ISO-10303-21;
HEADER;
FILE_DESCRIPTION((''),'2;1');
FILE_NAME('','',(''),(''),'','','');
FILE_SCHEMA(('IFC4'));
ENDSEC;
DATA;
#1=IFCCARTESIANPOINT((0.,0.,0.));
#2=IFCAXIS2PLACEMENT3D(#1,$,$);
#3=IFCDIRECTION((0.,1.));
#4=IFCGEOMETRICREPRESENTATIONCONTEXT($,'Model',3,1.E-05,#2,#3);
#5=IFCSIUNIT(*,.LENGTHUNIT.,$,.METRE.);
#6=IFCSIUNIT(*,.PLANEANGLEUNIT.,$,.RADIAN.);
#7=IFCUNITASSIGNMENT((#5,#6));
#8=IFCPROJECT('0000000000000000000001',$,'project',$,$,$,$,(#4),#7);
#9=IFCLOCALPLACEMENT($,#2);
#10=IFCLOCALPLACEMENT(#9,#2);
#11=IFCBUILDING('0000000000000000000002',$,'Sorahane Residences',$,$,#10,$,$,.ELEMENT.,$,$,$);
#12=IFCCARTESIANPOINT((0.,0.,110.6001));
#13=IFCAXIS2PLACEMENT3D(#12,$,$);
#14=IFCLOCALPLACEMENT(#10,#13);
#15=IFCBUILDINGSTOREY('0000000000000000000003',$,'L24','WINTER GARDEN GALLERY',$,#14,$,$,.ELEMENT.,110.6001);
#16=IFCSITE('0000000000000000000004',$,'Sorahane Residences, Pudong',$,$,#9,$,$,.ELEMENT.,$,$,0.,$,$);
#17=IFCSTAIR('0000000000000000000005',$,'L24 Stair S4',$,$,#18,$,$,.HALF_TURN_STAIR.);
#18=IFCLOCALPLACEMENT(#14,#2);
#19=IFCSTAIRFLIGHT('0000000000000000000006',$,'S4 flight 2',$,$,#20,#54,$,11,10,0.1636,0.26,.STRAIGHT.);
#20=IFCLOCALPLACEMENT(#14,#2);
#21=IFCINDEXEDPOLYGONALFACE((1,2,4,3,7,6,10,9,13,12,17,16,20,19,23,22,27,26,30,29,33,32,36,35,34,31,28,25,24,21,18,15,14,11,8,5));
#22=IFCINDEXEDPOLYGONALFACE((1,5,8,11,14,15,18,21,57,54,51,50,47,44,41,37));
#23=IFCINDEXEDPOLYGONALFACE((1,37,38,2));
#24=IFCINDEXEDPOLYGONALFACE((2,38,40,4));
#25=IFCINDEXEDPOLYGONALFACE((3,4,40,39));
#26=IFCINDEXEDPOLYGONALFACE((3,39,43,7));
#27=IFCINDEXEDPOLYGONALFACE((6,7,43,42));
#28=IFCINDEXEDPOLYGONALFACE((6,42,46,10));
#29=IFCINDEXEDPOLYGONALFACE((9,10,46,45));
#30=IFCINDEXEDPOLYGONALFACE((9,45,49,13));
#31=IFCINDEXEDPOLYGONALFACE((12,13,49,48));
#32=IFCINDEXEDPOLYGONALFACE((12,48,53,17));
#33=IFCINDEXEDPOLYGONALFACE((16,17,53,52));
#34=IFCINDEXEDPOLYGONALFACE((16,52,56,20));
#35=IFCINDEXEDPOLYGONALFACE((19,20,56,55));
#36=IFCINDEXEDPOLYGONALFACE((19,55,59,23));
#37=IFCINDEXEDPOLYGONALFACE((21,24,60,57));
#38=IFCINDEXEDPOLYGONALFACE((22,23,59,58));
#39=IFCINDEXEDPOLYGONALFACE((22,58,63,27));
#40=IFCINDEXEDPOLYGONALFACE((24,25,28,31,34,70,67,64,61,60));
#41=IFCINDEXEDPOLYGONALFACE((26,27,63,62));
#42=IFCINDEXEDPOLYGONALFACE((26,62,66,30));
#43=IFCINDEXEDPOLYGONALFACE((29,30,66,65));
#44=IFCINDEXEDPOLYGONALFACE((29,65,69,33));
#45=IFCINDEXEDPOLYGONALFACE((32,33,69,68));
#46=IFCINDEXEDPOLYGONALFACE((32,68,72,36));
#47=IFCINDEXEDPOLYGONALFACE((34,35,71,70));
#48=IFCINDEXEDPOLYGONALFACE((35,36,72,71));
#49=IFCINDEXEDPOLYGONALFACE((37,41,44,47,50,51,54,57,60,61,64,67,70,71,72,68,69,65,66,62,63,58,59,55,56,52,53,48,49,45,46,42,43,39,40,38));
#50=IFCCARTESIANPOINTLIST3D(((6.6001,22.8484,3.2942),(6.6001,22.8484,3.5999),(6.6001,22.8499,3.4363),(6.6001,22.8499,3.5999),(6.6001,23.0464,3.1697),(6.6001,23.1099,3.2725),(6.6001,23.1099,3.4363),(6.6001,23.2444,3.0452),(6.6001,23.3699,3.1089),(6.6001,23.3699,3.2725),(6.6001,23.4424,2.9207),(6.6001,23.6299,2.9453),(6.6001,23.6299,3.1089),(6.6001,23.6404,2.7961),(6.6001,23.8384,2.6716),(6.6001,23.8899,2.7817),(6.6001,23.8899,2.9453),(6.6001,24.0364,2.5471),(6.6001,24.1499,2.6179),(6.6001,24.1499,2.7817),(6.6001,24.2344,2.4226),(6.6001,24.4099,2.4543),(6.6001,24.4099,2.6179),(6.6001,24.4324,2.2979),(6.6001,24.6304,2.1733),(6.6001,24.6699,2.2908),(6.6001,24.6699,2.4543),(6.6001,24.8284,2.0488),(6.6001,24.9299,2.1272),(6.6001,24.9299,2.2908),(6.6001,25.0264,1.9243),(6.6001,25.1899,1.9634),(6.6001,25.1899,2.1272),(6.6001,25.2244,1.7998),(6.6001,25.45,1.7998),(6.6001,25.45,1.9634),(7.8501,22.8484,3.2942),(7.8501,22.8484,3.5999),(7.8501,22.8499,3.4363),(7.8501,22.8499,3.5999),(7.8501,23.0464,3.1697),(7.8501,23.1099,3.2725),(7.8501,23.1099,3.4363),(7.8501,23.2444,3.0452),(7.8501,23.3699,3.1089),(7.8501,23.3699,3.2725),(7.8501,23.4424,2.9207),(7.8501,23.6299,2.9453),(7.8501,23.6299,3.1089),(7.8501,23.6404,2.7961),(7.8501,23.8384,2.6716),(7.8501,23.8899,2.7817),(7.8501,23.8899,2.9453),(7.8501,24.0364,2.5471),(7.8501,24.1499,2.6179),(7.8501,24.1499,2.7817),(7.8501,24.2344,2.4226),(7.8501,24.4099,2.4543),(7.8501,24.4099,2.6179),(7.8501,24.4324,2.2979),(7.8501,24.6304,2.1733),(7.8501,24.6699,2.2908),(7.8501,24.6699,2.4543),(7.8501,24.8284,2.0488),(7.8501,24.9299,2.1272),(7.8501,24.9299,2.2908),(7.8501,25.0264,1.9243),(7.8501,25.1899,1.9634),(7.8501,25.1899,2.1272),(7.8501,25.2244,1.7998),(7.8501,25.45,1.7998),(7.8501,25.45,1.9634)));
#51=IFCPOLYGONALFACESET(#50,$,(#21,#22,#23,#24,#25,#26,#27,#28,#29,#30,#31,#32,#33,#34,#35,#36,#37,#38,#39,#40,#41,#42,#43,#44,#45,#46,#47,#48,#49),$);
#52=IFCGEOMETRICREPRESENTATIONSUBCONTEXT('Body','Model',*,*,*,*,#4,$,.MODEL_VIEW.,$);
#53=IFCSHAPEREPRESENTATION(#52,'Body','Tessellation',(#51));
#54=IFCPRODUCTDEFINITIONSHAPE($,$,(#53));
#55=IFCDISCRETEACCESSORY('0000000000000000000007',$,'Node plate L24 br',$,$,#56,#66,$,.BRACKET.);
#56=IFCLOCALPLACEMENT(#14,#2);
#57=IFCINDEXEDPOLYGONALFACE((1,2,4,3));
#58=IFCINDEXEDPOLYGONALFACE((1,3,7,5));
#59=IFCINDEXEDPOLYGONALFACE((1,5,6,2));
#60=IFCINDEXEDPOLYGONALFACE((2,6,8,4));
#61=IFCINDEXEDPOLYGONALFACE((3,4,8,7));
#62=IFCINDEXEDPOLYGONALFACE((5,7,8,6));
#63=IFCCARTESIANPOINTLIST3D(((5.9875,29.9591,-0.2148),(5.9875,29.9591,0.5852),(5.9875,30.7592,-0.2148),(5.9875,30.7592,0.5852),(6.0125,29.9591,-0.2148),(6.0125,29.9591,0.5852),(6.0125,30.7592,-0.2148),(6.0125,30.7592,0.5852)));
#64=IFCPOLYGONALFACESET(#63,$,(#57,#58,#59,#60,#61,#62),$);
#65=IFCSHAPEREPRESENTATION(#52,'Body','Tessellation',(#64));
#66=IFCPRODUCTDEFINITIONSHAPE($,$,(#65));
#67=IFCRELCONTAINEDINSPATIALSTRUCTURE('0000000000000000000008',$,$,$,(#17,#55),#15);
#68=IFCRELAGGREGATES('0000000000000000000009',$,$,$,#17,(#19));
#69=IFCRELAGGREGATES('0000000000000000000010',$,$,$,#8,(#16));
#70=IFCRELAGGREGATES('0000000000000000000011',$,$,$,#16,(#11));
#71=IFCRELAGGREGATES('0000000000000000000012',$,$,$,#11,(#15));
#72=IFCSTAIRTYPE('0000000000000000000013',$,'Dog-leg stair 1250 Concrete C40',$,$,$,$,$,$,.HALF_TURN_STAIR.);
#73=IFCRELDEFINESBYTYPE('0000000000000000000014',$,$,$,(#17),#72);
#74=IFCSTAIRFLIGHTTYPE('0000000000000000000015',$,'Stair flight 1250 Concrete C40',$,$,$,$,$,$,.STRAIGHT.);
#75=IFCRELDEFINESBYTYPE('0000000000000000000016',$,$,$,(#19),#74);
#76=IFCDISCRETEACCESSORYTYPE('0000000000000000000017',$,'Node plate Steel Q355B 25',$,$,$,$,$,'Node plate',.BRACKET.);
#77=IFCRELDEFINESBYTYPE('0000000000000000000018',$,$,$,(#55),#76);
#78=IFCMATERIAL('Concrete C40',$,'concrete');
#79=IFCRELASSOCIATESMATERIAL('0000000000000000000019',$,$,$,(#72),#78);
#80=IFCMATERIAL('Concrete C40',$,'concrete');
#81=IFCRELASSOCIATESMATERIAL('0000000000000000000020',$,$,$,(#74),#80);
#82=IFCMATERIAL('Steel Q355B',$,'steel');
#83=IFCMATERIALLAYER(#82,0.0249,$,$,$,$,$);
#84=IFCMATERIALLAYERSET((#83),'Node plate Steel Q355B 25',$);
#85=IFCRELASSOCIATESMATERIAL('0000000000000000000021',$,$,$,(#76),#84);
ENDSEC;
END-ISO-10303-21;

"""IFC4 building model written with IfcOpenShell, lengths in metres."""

from ifc_helpers import new_model, si_unit, direction, frame, origin, origin_2d, place, context, subcontext, project, spatial, polyline, rectangle, outline, extrude, material, layer, layer_set, type_object, element, aggregate, save


model = new_model("IFC4")

# Units and contexts
model_context = context("Model", 3, precision=1e-05, world=origin(), true_north=direction((0.0, 1.0)))
body_context = subcontext(model_context, "Body", "Model", "MODEL_VIEW")
ifc_project = project(units=[si_unit("LENGTHUNIT", "METRE"), si_unit("PLANEANGLEUNIT", "RADIAN")], contexts=[model_context])

# Site, building, storey
site_placement = place(None, origin())
site = spatial("IfcSite", under=ifc_project, at=site_placement, Name="Sorahane Residences, Pudong", CompositionType="ELEMENT", RefElevation=0.0)
building_placement = place(site_placement, origin())
building = spatial("IfcBuilding", under=site, at=building_placement, Name="Sorahane Residences", CompositionType="ELEMENT")
storey_placement = place(building_placement, frame((0.0, 0.0, 110.6001)))
storey = spatial("IfcBuildingStorey", under=building, at=storey_placement, Name="L24", Description="WINTER GARDEN GALLERY", CompositionType="ELEMENT", Elevation=110.6001)

# Stair, stair flight
ifc_material_1 = material(Name="Concrete C40", Category="concrete")
stair_type = type_object("IfcStairType", Name="Dog-leg stair 1250 Concrete C40", PredefinedType="HALF_TURN_STAIR", material=ifc_material_1)
stair_placement = place(storey_placement, origin())
stair = element("IfcStair", 1, at=stair_placement, inside=storey, type_object=stair_type, Name="L24 Stair S4", PredefinedType="HALF_TURN_STAIR")
ifc_material_2 = material(Name="Concrete C40", Category="concrete")
stair_flight_type = type_object("IfcStairFlightType", Name="Stair flight 1250 Concrete C40", PredefinedType="STRAIGHT", material=ifc_material_2)
stair_flight_placement = place(storey_placement, frame((7.2251, 25.45, 1.7998), z_axis=(0.0, 0.0, 1.0), x_axis=(0.0, -1.0, 0.0)))
stair_flight = element("IfcStairFlight", 2, at=stair_flight_placement, type_object=stair_flight_type, Name="S4 flight 2", NumberOfRisers=11, NumberOfTreads=10, PredefinedType="STRAIGHT", RiserHeight=0.1636, TreadLength=0.26, context=body_context, shape_type="SweptSolid", body=[
    extrude(outline(polyline([(0.0, 0.0), (0.0, 0.1636), (0.26, 0.1636), (0.26, 0.3274), (0.52, 0.3274), (0.52, 0.491), (0.78, 0.491), (0.78, 0.6545), (1.04, 0.6545), (1.04, 0.8181), (1.3, 0.8181), (1.3, 0.9819), (1.5601, 0.9819), (1.5601, 1.1455), (1.8201, 1.1455), (1.8201, 1.3091), (2.0801, 1.3091), (2.0801, 1.4727), (2.3401, 1.4727), (2.3401, 1.6365), (2.6001, 1.6365), (2.6001, 1.8), (2.6016, 1.8), (2.6016, 1.4944), (2.4036, 1.3699), (2.2056, 1.2454), (2.0076, 1.1208), (1.8096, 0.9963), (1.6116, 0.8718), (1.4136, 0.7473), (1.2156, 0.6228), (1.0176, 0.498), (0.8196, 0.3735), (0.6216, 0.249), (0.4236, 0.1245), (0.2256, 0.0), (0.0, 0.0)])), frame((0.0, 0.625, 0.0), z_axis=(0.0, -1.0, 0.0), x_axis=(1.0, 0.0, 0.0)), (0.0, 0.0, 1.0), 1.25),
])
aggregate(stair, [stair_flight])

# Discrete accessory
ifc_material_3 = material(Name="Steel Q355B", Category="steel")
ifc_layer_1 = layer(ifc_material_3, 0.0249)
ifc_layer_set_1 = layer_set([ifc_layer_1], Name="Node plate Steel Q355B 25")
discrete_accessory_type = type_object("IfcDiscreteAccessoryType", Name="Node plate Steel Q355B 25", ElementType="Node plate", PredefinedType="BRACKET", material=ifc_layer_set_1)
discrete_accessory_placement = place(storey_placement, frame((6.0, 30.3591, -0.2148), z_axis=(0.0, 0.0, 1.0), x_axis=(0.0, 1.0, 0.0)))
element("IfcDiscreteAccessory", 3, at=discrete_accessory_placement, inside=storey, type_object=discrete_accessory_type, Name="Node plate L24 br", PredefinedType="BRACKET", context=body_context, shape_type="SweptSolid", body=[
    extrude(rectangle(XDim=0.8, YDim=0.0249, at=origin_2d()), origin(), (0.0, 0.0, 1.0), 0.8),
])

save(model, "model.ifc")
